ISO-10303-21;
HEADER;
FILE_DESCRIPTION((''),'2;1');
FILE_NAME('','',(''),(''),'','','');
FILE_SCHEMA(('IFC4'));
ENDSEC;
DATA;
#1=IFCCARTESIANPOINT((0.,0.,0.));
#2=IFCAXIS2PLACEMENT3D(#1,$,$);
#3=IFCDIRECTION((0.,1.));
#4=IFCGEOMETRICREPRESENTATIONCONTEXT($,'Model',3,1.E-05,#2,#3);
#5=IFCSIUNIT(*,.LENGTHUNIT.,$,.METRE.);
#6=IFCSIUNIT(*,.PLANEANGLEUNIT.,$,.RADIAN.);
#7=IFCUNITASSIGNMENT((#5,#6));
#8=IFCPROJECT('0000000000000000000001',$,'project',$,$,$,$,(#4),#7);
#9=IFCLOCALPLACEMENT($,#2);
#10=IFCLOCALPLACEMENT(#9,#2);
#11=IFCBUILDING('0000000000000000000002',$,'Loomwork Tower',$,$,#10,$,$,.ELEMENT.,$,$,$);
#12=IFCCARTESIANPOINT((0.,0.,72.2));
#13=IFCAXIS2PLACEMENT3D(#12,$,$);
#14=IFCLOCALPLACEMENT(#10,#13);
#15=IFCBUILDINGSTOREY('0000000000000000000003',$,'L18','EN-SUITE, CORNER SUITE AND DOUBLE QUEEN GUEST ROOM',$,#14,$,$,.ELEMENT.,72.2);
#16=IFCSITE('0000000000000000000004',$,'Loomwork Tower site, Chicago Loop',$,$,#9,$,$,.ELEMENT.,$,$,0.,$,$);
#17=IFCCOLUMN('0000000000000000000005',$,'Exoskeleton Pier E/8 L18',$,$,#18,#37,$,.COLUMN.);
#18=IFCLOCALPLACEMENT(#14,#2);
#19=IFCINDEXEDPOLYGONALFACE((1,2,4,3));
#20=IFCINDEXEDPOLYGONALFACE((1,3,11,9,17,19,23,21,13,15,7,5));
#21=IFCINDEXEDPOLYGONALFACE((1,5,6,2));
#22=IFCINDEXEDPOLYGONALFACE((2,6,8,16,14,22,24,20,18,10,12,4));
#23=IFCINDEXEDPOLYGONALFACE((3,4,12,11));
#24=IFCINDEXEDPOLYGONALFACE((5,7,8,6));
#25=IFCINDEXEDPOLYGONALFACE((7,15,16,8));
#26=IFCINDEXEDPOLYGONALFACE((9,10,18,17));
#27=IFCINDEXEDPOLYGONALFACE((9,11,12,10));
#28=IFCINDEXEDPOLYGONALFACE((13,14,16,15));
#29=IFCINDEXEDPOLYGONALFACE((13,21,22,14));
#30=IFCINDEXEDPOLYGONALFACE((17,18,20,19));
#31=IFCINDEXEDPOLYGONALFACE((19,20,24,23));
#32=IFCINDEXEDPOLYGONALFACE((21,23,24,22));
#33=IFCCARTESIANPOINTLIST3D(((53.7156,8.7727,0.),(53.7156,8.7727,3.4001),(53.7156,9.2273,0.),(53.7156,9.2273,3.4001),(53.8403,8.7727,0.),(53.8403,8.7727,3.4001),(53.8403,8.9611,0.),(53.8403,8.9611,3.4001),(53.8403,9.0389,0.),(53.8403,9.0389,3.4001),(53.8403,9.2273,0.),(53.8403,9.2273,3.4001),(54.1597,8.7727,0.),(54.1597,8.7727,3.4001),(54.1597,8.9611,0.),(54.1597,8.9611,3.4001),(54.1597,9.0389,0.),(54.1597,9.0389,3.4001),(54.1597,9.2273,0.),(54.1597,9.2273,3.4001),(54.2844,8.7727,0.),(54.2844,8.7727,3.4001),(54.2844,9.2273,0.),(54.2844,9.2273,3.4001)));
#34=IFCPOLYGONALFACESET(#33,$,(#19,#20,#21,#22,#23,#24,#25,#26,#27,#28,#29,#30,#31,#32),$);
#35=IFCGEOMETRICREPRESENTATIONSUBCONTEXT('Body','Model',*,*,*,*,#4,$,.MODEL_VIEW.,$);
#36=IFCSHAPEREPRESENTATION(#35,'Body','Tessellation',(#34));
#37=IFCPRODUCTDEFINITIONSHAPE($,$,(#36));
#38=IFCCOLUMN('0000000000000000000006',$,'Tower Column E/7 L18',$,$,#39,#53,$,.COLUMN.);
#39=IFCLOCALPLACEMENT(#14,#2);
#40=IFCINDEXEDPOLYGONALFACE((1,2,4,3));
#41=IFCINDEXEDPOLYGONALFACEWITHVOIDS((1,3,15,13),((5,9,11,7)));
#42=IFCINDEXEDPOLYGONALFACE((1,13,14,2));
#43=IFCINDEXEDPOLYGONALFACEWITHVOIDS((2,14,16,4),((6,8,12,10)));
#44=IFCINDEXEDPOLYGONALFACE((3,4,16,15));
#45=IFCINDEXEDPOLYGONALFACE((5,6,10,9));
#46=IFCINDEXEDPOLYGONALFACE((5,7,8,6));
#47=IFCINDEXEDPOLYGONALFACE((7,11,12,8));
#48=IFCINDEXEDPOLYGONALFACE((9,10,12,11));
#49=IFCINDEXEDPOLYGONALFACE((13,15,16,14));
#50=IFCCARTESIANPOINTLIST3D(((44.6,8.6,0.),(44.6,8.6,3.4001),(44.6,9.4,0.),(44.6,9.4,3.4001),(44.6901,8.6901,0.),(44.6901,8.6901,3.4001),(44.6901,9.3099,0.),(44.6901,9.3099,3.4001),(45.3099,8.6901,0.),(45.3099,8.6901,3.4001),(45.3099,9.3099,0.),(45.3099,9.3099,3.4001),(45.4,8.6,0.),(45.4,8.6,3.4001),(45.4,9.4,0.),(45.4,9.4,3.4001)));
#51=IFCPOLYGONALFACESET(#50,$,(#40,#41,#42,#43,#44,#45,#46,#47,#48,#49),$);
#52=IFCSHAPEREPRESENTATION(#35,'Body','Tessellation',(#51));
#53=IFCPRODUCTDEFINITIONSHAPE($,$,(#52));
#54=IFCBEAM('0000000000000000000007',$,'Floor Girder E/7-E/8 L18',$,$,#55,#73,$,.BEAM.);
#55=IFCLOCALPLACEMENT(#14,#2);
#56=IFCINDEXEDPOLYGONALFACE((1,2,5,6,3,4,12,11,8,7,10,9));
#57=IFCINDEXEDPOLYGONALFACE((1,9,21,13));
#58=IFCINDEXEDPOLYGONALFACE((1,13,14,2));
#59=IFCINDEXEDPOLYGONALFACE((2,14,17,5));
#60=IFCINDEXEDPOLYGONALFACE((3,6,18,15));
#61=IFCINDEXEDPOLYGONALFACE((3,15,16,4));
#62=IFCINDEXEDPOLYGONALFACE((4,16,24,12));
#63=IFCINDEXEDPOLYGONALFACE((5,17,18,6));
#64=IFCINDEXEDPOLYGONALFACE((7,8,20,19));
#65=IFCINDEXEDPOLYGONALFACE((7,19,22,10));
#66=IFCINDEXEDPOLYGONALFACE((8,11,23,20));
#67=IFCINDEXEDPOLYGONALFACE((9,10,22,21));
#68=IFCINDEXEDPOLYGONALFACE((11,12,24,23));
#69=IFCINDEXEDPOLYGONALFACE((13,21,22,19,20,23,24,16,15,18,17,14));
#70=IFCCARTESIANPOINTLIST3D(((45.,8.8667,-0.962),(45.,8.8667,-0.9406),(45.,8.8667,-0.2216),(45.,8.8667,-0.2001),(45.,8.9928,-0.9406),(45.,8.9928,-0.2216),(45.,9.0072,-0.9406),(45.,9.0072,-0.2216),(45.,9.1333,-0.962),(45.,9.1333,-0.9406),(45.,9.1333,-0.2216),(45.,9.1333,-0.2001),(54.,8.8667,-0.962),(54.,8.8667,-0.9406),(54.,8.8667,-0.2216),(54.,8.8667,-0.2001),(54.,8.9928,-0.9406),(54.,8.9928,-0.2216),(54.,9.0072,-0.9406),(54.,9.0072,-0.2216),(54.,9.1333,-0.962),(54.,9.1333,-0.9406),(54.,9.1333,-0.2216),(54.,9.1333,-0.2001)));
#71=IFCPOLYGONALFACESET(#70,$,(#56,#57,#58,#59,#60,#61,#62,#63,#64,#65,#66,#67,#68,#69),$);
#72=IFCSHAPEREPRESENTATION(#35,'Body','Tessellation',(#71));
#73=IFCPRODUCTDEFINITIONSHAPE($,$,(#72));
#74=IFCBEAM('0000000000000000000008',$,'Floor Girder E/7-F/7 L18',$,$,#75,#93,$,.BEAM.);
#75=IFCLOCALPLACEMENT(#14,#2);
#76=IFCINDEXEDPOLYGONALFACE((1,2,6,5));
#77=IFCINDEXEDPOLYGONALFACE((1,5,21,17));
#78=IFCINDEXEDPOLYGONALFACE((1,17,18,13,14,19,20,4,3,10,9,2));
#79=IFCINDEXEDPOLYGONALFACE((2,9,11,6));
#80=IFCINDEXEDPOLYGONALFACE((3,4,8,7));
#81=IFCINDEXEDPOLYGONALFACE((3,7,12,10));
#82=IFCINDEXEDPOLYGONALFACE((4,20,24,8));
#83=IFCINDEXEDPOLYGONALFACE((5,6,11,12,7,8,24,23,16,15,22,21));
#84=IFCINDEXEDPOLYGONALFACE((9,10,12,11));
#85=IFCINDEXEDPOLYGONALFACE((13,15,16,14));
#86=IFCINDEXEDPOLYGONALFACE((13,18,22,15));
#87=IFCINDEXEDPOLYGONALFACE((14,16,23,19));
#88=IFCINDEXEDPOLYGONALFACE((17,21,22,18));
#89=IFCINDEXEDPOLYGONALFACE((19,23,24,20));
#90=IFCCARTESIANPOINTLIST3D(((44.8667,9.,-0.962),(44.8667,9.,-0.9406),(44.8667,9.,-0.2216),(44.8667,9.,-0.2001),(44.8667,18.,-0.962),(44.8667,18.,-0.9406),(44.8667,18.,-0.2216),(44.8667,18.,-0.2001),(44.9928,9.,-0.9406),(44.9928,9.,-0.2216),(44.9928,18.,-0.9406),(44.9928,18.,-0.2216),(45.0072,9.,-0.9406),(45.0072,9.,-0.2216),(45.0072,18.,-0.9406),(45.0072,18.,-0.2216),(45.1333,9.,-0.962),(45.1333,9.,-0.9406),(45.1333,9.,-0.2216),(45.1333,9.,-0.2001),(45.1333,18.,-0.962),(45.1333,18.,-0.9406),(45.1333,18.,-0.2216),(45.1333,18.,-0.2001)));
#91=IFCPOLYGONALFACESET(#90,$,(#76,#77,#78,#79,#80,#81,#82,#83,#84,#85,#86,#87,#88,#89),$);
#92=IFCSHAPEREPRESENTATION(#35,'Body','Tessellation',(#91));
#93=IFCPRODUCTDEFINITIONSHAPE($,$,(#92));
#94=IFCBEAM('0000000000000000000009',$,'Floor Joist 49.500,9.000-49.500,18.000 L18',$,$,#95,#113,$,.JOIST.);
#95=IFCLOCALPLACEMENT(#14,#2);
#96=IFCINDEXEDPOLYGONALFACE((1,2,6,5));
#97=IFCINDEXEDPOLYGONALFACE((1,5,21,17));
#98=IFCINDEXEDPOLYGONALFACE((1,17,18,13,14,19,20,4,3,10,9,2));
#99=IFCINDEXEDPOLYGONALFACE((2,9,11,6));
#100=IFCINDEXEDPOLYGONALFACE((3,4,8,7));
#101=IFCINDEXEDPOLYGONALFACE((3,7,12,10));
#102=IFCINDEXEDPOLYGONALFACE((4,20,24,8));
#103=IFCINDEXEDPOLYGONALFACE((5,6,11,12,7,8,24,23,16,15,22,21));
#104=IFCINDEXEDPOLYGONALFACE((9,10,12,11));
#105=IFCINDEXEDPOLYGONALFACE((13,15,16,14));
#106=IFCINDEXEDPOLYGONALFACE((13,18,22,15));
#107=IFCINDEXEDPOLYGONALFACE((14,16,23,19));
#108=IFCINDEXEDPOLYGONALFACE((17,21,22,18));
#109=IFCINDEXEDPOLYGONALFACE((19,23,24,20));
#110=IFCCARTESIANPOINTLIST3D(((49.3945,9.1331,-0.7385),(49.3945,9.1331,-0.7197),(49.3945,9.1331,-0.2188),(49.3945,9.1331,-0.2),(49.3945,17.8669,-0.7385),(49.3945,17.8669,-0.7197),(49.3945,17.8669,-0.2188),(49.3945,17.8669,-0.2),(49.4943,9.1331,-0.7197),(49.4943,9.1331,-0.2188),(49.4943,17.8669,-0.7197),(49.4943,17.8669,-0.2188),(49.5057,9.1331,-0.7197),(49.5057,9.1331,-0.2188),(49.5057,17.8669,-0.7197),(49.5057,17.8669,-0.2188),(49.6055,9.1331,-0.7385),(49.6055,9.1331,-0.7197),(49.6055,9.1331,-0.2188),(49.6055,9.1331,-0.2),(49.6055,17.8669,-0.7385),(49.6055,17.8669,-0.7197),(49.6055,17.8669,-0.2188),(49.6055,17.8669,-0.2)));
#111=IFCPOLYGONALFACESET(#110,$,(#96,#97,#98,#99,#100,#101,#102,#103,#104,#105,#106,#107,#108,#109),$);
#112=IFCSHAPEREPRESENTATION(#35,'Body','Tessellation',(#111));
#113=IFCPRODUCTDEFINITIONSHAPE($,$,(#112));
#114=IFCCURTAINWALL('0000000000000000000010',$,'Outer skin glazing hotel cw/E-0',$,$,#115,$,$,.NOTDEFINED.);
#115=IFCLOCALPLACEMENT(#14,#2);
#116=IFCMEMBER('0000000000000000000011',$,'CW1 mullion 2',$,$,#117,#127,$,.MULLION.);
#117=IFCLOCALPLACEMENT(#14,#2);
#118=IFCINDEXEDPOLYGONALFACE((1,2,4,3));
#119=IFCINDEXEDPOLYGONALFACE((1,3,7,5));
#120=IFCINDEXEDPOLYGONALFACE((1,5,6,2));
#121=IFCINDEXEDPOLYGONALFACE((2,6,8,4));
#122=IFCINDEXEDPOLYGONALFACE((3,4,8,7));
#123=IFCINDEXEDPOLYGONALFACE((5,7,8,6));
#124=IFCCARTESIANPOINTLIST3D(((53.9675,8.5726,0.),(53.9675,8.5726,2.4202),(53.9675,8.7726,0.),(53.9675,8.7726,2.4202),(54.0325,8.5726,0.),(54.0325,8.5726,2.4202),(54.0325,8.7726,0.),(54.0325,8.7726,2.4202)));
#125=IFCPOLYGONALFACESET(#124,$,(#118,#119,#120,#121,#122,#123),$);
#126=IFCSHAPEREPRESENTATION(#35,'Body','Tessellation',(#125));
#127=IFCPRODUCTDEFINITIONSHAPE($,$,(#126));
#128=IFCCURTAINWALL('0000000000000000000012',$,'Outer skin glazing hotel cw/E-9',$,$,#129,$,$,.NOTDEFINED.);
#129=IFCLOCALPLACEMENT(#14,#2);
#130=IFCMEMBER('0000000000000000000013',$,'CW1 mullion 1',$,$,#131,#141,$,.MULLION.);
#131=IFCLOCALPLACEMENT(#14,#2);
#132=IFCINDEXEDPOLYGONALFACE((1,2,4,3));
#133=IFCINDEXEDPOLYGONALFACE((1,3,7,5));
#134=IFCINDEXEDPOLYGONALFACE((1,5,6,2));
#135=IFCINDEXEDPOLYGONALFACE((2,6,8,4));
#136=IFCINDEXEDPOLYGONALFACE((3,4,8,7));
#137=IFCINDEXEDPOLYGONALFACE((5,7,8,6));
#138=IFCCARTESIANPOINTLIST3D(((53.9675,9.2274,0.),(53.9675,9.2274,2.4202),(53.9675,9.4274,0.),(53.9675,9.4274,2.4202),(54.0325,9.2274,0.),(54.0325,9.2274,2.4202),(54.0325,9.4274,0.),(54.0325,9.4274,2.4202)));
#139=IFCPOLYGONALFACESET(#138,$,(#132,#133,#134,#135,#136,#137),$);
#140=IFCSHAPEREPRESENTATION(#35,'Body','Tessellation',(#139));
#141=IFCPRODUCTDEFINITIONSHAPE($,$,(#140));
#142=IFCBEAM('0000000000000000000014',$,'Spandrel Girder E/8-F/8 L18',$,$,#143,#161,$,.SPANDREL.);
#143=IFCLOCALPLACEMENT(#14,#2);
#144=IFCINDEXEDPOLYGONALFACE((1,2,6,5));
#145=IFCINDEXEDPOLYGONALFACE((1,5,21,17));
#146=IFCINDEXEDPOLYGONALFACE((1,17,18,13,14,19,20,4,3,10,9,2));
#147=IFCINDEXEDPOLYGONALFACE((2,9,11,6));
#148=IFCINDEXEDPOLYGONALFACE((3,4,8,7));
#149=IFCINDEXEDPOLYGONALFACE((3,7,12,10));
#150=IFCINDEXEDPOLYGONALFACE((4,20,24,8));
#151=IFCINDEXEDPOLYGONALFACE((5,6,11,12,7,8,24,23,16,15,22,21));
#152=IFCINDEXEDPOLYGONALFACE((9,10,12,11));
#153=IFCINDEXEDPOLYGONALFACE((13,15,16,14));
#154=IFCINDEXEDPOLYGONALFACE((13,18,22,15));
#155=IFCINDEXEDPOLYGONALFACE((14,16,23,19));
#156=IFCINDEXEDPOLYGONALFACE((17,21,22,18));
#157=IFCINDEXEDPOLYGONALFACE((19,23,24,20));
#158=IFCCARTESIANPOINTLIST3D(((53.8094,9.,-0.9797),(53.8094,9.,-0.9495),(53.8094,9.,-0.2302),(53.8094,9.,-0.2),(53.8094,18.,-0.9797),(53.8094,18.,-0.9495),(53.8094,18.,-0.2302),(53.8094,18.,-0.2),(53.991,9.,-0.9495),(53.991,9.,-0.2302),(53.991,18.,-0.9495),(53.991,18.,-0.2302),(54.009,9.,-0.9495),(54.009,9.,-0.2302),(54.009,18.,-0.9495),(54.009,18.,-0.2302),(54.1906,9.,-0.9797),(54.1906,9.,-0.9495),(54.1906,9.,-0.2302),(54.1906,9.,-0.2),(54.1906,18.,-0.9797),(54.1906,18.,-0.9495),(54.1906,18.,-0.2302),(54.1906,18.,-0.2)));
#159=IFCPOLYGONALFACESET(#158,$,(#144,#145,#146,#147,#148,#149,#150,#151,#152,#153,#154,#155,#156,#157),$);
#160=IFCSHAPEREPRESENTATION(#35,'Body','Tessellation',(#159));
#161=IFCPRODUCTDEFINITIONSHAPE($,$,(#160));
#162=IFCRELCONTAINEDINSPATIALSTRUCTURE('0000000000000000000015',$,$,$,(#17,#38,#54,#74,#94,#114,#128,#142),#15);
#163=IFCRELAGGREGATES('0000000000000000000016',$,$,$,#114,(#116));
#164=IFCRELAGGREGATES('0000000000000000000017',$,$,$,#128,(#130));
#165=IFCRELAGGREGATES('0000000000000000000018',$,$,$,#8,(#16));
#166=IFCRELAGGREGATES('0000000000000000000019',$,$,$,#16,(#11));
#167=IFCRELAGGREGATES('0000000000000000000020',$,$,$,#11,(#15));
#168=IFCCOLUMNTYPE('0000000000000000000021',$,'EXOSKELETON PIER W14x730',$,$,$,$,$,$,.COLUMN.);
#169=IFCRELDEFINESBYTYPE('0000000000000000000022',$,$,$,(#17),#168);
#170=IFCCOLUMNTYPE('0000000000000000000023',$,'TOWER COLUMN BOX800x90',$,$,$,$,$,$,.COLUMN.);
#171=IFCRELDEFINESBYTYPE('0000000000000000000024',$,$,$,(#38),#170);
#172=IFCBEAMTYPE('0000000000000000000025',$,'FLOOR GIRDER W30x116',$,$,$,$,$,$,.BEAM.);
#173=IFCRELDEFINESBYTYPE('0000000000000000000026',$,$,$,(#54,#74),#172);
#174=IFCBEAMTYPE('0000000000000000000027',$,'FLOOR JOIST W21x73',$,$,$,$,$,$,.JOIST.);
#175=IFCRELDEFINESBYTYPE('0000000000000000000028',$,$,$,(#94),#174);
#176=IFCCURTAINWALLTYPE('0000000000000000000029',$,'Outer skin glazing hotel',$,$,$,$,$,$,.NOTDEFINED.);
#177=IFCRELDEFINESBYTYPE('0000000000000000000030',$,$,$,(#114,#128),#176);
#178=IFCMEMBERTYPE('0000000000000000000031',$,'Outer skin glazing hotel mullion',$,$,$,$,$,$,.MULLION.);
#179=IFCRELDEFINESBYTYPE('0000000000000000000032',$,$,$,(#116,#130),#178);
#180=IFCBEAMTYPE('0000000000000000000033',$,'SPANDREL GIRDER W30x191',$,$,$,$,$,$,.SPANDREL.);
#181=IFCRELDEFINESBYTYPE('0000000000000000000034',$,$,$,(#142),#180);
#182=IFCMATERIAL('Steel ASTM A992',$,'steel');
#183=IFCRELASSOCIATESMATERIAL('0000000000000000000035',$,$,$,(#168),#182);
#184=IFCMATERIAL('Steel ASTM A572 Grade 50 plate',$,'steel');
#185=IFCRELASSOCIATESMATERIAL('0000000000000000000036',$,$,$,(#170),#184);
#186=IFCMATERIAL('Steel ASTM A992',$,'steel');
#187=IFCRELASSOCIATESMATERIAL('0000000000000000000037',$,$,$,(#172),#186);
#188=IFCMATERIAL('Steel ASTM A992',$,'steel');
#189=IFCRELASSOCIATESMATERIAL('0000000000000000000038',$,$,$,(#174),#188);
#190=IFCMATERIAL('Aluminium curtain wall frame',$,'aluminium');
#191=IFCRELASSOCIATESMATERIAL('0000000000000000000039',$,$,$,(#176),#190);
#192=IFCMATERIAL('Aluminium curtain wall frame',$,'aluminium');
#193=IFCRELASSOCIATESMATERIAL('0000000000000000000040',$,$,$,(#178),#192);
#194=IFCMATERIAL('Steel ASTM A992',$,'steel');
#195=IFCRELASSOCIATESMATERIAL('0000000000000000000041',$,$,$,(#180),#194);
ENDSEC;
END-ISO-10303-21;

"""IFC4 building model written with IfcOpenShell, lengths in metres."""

from ifc_helpers import new_model, si_unit, direction, frame, origin, origin_2d, place, context, subcontext, project, spatial, rectangle, hollow_rectangle, i_section, extrude, material, material_profile, profile_set, type_object, element, aggregate, save


model = new_model("IFC4")

# Units and contexts
model_context = context("Model", 3, precision=1e-05, world=origin(), true_north=direction((0.0, 1.0)))
body_context = subcontext(model_context, "Body", "Model", "MODEL_VIEW")
ifc_project = project(units=[si_unit("LENGTHUNIT", "METRE"), si_unit("PLANEANGLEUNIT", "RADIAN")], contexts=[model_context])

# Site, building, storey
site_placement = place(None, origin())
site = spatial("IfcSite", under=ifc_project, at=site_placement, Name="Loomwork Tower site, Chicago Loop", CompositionType="ELEMENT", RefElevation=0.0)
building_placement = place(site_placement, origin())
building = spatial("IfcBuilding", under=site, at=building_placement, Name="Loomwork Tower", CompositionType="ELEMENT")
storey_placement = place(building_placement, frame((0.0, 0.0, 72.2)))
storey = spatial("IfcBuildingStorey", under=building, at=storey_placement, Name="L18", Description="EN-SUITE, CORNER SUITE AND DOUBLE QUEEN GUEST ROOM", CompositionType="ELEMENT", Elevation=72.2)

# Columns
ifc_material_1 = material(Name="Steel ASTM A992", Category="steel")
ifc_material_profile_1 = material_profile(ifc_material_1, i_section(OverallWidth=0.4546, OverallDepth=0.5688, WebThickness=0.0779, FlangeThickness=0.1248, at=origin_2d()), Name="W14x730")
ifc_profile_set_1 = profile_set([ifc_material_profile_1], Name="Steel ASTM A992")
column_type_1 = type_object("IfcColumnType", Name="EXOSKELETON PIER W14x730", PredefinedType="COLUMN", material=ifc_profile_set_1)
column_1_placement = place(storey_placement, frame((54.0, 9.0, 0.0), z_axis=(0.0, 0.0, 1.0), x_axis=(0.0, 1.0, 0.0)))
element("IfcColumn", 1, at=column_1_placement, inside=storey, type_object=column_type_1, Name="Exoskeleton Pier E/8 L18", PredefinedType="COLUMN", context=body_context, shape_type="SweptSolid", body=[
    extrude(i_section(OverallWidth=0.4546, OverallDepth=0.5688, WebThickness=0.0779, FlangeThickness=0.1248, at=origin_2d()), origin(), (0.0, 0.0, 1.0), 3.4001),
])
ifc_material_2 = material(Name="Steel ASTM A572 Grade 50 plate", Category="steel")
ifc_material_profile_2 = material_profile(ifc_material_2, hollow_rectangle(XDim=0.8, YDim=0.8, WallThickness=0.0901, at=origin_2d()), Name="BOX800x90")
ifc_profile_set_2 = profile_set([ifc_material_profile_2], Name="Steel ASTM A572 Grade 50 plate")
column_type_2 = type_object("IfcColumnType", Name="TOWER COLUMN BOX800x90", PredefinedType="COLUMN", material=ifc_profile_set_2)
column_2_placement = place(storey_placement, frame((45.0, 9.0, 0.0), z_axis=(0.0, 0.0, 1.0), x_axis=(0.0, 1.0, 0.0)))
element("IfcColumn", 2, at=column_2_placement, inside=storey, type_object=column_type_2, Name="Tower Column E/7 L18", PredefinedType="COLUMN", context=body_context, shape_type="SweptSolid", body=[
    extrude(hollow_rectangle(XDim=0.8, YDim=0.8, WallThickness=0.0901, at=origin_2d()), origin(), (0.0, 0.0, 1.0), 3.4001),
])

# Beams
ifc_material_3 = material(Name="Steel ASTM A992", Category="steel")
ifc_material_profile_3 = material_profile(ifc_material_3, i_section(OverallWidth=0.2666, OverallDepth=0.762, WebThickness=0.0144, FlangeThickness=0.0215, at=origin_2d()), Name="W30x116")
ifc_profile_set_3 = profile_set([ifc_material_profile_3], Name="Steel ASTM A992")
beam_type_1 = type_object("IfcBeamType", Name="FLOOR GIRDER W30x116", PredefinedType="BEAM", material=ifc_profile_set_3)
for number, where, z_axis, x_axis, name in (
    (3, (45.0, 9.0, -0.5811), (1.0, 0.0, 0.0), (0.0, 1.0, 0.0), "Floor Girder E/7-E/8 L18"),
    (4, (45.0, 9.0, -0.5811), (0.0, 1.0, 0.0), (-1.0, 0.0, 0.0), "Floor Girder E/7-F/7 L18"),
):
    element("IfcBeam", number, at=place(storey_placement, frame(where, z_axis=z_axis, x_axis=x_axis)), inside=storey, type_object=beam_type_1, Name=name, PredefinedType="BEAM", context=body_context, shape_type="SweptSolid", body=[
        extrude(i_section(OverallWidth=0.2666, OverallDepth=0.762, WebThickness=0.0144, FlangeThickness=0.0215, at=origin_2d()), origin(), (0.0, 0.0, 1.0), 9.0),
    ])
ifc_material_4 = material(Name="Steel ASTM A992", Category="steel")
ifc_material_profile_4 = material_profile(ifc_material_4, i_section(OverallWidth=0.2109, OverallDepth=0.5386, WebThickness=0.0115, FlangeThickness=0.0188, at=origin_2d()), Name="W21x73")
ifc_profile_set_4 = profile_set([ifc_material_profile_4], Name="Steel ASTM A992")
beam_type_2 = type_object("IfcBeamType", Name="FLOOR JOIST W21x73", PredefinedType="JOIST", material=ifc_profile_set_4)
beam_1_placement = place(storey_placement, frame((49.5, 9.1331, -0.4692), z_axis=(0.0, 1.0, 0.0), x_axis=(-1.0, 0.0, 0.0)))
element("IfcBeam", 5, at=beam_1_placement, inside=storey, type_object=beam_type_2, Name="Floor Joist 49.500,9.000-49.500,18.000 L18", PredefinedType="JOIST", context=body_context, shape_type="SweptSolid", body=[
    extrude(i_section(OverallWidth=0.2109, OverallDepth=0.5386, WebThickness=0.0115, FlangeThickness=0.0188, at=origin_2d()), origin(), (0.0, 0.0, 1.0), 8.7339),
])

# Curtain walls, members
ifc_material_5 = material(Name="Aluminium curtain wall frame", Category="aluminium")
curtain_wall_type = type_object("IfcCurtainWallType", Name="Outer skin glazing hotel", PredefinedType="NOTDEFINED", material=ifc_material_5)
curtain_wall_1_placement = place(storey_placement, origin())
curtain_wall_1 = element("IfcCurtainWall", 6, at=curtain_wall_1_placement, inside=storey, type_object=curtain_wall_type, Name="Outer skin glazing hotel cw/E-0", PredefinedType="NOTDEFINED")
ifc_material_6 = material(Name="Aluminium curtain wall frame", Category="aluminium")
ifc_material_profile_5 = material_profile(ifc_material_6, rectangle(XDim=0.0649, YDim=0.2, at=origin_2d()), Name="AL 65x200")
ifc_profile_set_5 = profile_set([ifc_material_profile_5], Name="Aluminium curtain wall frame")
member_type = type_object("IfcMemberType", Name="Outer skin glazing hotel mullion", PredefinedType="MULLION", material=ifc_profile_set_5)
member_1_placement = place(storey_placement, frame((54.0, 8.6726, 0.0), z_axis=(0.0, 0.0, 1.0), x_axis=(-1.0, 0.0, 0.0)))
member_1 = element("IfcMember", 7, at=member_1_placement, type_object=member_type, Name="CW1 mullion 2", PredefinedType="MULLION", context=body_context, shape_type="SweptSolid", body=[
    extrude(rectangle(XDim=0.0649, YDim=0.2, at=origin_2d()), origin(), (0.0, 0.0, 1.0), 2.4202),
])
aggregate(curtain_wall_1, [member_1])
curtain_wall_2_placement = place(storey_placement, origin())
curtain_wall_2 = element("IfcCurtainWall", 8, at=curtain_wall_2_placement, inside=storey, type_object=curtain_wall_type, Name="Outer skin glazing hotel cw/E-9", PredefinedType="NOTDEFINED")
member_2_placement = place(storey_placement, frame((54.0, 9.3274, 0.0), z_axis=(0.0, 0.0, 1.0), x_axis=(-1.0, 0.0, 0.0)))
member_2 = element("IfcMember", 9, at=member_2_placement, type_object=member_type, Name="CW1 mullion 1", PredefinedType="MULLION", context=body_context, shape_type="SweptSolid", body=[
    extrude(rectangle(XDim=0.0649, YDim=0.2, at=origin_2d()), origin(), (0.0, 0.0, 1.0), 2.4202),
])
aggregate(curtain_wall_2, [member_2])

# Beam
ifc_material_7 = material(Name="Steel ASTM A992", Category="steel")
ifc_material_profile_6 = material_profile(ifc_material_7, i_section(OverallWidth=0.3811, OverallDepth=0.7798, WebThickness=0.0181, FlangeThickness=0.0303, at=origin_2d()), Name="W30x191")
ifc_profile_set_6 = profile_set([ifc_material_profile_6], Name="Steel ASTM A992")
beam_type_3 = type_object("IfcBeamType", Name="SPANDREL GIRDER W30x191", PredefinedType="SPANDREL", material=ifc_profile_set_6)
beam_2_placement = place(storey_placement, frame((54.0, 9.0, -0.5898), z_axis=(0.0, 1.0, 0.0), x_axis=(-1.0, 0.0, 0.0)))
element("IfcBeam", 10, at=beam_2_placement, inside=storey, type_object=beam_type_3, Name="Spandrel Girder E/8-F/8 L18", PredefinedType="SPANDREL", context=body_context, shape_type="SweptSolid", body=[
    extrude(i_section(OverallWidth=0.3811, OverallDepth=0.7798, WebThickness=0.0181, FlangeThickness=0.0303, at=origin_2d()), origin(), (0.0, 0.0, 1.0), 9.0),
])

save(model, "model.ifc")
